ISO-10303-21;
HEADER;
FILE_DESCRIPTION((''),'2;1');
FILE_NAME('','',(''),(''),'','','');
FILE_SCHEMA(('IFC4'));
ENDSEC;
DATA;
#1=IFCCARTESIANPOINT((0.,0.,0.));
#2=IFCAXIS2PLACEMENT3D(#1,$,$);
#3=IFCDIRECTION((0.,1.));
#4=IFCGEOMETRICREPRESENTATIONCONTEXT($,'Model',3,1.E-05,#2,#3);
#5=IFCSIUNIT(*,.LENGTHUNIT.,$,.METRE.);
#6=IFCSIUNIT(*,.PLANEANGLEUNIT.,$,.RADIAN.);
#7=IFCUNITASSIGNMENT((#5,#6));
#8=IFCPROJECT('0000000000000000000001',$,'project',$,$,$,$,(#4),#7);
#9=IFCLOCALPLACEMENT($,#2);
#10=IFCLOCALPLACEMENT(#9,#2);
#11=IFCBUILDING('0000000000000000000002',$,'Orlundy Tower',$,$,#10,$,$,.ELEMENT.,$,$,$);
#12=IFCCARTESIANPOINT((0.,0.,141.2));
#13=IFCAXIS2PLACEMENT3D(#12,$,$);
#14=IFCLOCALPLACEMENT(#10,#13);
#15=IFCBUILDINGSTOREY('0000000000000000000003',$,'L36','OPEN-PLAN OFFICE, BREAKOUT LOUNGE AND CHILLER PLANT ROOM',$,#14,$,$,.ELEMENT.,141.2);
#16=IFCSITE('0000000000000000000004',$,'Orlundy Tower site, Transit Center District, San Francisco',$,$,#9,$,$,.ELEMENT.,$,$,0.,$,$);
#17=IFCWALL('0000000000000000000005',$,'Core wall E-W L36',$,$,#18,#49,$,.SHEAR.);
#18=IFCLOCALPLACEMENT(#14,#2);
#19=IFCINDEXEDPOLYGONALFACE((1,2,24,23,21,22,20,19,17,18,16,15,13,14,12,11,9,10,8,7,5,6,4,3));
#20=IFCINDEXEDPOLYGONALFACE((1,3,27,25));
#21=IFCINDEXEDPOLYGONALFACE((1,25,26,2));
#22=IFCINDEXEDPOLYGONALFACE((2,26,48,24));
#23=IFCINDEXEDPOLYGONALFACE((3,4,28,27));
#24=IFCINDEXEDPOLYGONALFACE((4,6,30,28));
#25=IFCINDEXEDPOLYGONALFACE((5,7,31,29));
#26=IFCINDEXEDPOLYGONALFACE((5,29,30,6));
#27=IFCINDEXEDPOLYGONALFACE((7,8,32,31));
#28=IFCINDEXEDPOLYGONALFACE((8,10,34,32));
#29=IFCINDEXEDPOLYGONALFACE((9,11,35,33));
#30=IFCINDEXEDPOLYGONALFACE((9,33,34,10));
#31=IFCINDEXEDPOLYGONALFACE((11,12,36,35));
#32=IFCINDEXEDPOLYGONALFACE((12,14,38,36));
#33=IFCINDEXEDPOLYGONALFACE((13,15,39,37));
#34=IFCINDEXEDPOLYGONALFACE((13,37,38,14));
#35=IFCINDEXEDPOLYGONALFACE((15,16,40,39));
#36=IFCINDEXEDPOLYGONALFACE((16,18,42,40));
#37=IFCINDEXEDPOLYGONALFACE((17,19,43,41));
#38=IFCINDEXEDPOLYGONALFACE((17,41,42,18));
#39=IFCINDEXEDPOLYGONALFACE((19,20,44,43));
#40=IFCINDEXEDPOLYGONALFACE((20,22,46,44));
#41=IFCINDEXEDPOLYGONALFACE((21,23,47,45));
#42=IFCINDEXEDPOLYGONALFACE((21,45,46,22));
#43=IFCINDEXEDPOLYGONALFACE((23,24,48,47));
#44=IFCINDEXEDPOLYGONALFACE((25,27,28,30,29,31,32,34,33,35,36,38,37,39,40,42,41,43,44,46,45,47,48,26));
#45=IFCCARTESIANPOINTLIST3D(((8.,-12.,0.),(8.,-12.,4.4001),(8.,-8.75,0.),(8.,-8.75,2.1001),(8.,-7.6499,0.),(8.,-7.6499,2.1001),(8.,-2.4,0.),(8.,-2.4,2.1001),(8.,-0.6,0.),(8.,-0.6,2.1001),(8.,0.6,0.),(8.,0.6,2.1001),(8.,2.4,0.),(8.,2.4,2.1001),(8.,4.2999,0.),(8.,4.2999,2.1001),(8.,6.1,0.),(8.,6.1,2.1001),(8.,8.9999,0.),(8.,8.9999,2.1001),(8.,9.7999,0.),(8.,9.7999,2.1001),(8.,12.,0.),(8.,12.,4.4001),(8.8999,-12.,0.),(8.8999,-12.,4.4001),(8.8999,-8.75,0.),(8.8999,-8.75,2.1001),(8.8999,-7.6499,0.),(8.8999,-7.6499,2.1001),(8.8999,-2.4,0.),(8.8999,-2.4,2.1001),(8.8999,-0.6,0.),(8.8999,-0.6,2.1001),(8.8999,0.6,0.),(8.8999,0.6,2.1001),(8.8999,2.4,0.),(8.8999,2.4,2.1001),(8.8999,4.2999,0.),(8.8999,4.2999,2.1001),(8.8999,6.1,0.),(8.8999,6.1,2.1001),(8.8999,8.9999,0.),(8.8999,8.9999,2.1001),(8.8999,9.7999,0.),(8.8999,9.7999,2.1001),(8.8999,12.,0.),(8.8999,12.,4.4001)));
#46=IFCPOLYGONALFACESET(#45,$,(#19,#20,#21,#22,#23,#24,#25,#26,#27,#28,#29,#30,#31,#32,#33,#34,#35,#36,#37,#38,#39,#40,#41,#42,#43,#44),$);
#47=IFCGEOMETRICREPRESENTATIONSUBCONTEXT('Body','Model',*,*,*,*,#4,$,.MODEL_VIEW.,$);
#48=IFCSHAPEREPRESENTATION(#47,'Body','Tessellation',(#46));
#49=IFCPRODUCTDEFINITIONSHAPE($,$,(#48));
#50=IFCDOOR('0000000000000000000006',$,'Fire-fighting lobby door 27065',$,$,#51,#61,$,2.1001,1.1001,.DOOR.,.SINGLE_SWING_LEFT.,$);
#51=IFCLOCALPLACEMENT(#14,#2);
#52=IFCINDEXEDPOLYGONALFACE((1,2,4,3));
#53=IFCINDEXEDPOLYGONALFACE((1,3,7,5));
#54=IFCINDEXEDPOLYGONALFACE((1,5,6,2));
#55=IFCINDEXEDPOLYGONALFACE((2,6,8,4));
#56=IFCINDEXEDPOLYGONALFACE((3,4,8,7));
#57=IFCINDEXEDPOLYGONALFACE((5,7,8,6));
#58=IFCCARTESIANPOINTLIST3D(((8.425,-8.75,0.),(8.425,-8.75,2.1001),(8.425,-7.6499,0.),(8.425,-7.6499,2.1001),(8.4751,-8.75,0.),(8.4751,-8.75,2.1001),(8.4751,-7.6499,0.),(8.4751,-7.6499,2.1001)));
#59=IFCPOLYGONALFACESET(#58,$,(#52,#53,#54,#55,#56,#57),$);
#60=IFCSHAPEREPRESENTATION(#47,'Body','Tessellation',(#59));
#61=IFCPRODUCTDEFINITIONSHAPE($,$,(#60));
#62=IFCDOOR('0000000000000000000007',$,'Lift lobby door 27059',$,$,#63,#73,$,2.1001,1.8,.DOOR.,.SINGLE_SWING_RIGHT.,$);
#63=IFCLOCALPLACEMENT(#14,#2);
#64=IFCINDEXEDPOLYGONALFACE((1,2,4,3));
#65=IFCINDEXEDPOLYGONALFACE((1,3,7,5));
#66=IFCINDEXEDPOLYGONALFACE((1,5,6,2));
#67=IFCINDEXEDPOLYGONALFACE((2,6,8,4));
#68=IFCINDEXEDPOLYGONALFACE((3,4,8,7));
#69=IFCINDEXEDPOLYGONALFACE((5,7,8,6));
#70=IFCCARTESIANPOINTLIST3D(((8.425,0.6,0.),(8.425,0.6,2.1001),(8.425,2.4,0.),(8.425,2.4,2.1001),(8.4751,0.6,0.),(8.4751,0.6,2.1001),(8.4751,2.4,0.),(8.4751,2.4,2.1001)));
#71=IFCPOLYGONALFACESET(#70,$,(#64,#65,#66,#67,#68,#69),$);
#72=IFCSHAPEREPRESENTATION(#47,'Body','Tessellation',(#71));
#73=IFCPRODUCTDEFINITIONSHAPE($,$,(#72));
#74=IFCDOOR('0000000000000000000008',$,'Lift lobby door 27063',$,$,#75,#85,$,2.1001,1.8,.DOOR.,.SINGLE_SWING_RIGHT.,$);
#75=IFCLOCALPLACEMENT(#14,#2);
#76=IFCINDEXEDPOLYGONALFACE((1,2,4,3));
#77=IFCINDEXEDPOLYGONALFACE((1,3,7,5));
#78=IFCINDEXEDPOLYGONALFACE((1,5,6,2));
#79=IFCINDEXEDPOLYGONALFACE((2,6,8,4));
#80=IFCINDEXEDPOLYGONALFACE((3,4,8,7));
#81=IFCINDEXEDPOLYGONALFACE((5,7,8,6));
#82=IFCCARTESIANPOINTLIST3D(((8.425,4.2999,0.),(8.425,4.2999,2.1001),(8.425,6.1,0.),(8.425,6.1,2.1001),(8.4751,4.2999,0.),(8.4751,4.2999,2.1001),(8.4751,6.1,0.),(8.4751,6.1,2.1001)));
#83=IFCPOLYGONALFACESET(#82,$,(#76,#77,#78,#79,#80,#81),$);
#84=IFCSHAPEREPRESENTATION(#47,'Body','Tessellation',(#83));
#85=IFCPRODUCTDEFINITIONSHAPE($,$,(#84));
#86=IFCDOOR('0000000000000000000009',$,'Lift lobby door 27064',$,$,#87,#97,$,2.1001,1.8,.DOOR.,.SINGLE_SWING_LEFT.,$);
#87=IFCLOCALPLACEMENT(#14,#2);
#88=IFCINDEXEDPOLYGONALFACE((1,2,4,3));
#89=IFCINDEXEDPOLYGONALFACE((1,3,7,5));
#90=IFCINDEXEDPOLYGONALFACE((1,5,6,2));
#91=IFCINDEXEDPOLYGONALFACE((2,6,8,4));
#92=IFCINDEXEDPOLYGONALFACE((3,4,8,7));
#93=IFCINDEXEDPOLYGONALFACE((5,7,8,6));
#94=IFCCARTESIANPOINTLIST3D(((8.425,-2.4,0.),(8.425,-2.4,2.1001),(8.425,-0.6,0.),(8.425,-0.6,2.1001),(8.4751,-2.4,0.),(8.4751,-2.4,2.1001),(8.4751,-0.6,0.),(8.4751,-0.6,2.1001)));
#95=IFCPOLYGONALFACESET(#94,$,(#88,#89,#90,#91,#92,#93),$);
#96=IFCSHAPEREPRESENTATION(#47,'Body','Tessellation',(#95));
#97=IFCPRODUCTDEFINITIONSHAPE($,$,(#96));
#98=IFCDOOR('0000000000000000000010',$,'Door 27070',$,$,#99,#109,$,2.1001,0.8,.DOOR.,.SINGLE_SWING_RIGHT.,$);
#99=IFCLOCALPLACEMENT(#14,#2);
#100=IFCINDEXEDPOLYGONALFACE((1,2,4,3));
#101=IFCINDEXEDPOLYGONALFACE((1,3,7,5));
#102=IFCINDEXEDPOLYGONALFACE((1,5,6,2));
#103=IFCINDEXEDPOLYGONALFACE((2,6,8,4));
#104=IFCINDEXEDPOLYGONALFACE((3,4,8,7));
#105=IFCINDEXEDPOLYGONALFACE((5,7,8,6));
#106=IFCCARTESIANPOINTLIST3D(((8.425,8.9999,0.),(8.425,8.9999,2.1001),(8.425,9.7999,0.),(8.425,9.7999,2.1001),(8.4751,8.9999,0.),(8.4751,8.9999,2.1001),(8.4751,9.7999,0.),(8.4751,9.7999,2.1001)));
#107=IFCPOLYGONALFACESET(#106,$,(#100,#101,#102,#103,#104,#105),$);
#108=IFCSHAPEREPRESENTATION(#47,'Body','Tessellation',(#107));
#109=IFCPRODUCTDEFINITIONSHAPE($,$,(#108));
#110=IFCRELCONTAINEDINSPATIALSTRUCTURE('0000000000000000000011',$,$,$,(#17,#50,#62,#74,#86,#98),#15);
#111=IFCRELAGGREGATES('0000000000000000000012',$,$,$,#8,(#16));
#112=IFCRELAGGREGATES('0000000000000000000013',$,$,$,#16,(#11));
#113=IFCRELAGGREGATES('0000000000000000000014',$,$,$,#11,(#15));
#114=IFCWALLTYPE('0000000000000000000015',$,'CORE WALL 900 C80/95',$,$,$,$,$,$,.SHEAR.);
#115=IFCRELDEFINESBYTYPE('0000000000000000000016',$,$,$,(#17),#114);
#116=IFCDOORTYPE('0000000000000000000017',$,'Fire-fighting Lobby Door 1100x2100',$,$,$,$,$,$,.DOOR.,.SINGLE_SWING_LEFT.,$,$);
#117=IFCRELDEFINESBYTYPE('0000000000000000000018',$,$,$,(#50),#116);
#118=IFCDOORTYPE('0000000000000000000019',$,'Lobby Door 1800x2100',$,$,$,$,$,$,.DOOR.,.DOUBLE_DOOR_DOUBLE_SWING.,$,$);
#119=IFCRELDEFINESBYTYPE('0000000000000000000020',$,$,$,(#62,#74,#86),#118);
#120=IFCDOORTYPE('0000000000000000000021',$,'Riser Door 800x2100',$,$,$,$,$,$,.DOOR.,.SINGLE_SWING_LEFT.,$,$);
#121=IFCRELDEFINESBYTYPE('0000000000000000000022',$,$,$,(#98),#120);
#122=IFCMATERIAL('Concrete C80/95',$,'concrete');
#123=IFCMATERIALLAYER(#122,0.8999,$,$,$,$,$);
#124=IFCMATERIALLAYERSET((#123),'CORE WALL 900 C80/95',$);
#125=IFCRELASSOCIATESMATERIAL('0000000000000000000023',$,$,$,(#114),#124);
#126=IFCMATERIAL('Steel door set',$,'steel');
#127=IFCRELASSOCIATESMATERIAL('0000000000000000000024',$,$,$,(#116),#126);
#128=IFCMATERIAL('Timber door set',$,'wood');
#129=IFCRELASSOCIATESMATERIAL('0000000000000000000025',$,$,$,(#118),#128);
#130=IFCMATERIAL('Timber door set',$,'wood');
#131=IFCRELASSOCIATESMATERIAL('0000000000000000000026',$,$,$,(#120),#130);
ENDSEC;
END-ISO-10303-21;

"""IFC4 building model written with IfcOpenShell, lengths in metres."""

from ifc_helpers import new_model, si_unit, direction, frame, frame_2d, origin, place, context, subcontext, project, spatial, rectangle, extrude, material, layer, layer_set, type_object, element, fill, save


model = new_model("IFC4")

# Units and contexts
model_context = context("Model", 3, precision=1e-05, world=origin(), true_north=direction((0.0, 1.0)))
body_context = subcontext(model_context, "Body", "Model", "MODEL_VIEW")
ifc_project = project(units=[si_unit("LENGTHUNIT", "METRE"), si_unit("PLANEANGLEUNIT", "RADIAN")], contexts=[model_context])

# Site, building, storey
site_placement = place(None, origin())
site = spatial("IfcSite", under=ifc_project, at=site_placement, Name="Orlundy Tower site, Transit Center District, San Francisco", CompositionType="ELEMENT", RefElevation=0.0)
building_placement = place(site_placement, origin())
building = spatial("IfcBuilding", under=site, at=building_placement, Name="Orlundy Tower", CompositionType="ELEMENT")
storey_placement = place(building_placement, frame((0.0, 0.0, 141.2)))
storey = spatial("IfcBuildingStorey", under=building, at=storey_placement, Name="L36", Description="OPEN-PLAN OFFICE, BREAKOUT LOUNGE AND CHILLER PLANT ROOM", CompositionType="ELEMENT", Elevation=141.2)

# Shared definitions
ifc_material_1 = material(Name="Concrete C80/95", Category="concrete")
ifc_layer_1 = layer(ifc_material_1, 0.8999)
ifc_layer_set_1 = layer_set([ifc_layer_1], Name="CORE WALL 900 C80/95")
wall_type = type_object("IfcWallType", Name="CORE WALL 900 C80/95", PredefinedType="SHEAR", material=ifc_layer_set_1)

# Wall, openings, doors
wall_1_placement = place(storey_placement, frame((8.45, -12.0, 0.0), z_axis=(0.0, 0.0, 1.0), x_axis=(0.0, 1.0, 0.0)))
wall_1 = element("IfcWall", 1, at=wall_1_placement, inside=storey, type_object=wall_type, Name="Core wall E-W L36", PredefinedType="SHEAR", context=body_context, shape_type="SweptSolid", body=[
    extrude(rectangle(XDim=24.0, YDim=0.8999, at=frame_2d((12.0, 0.0))), origin(), (0.0, 0.0, 1.0), 4.4001),
])
opening_1_placement = place(wall_1_placement, frame((12.6001, 0.0, 0.0)))
opening_1 = element("IfcOpeningElement", 2, at=opening_1_placement, cuts=wall_1, PredefinedType="OPENING", context=body_context, shape_type="SweptSolid", body=[
    extrude(rectangle(XDim=1.8, YDim=2.1001, at=frame_2d((0.8999, 1.05))), frame((0.0, 0.46, 0.0), z_axis=(0.0, -1.0, 0.0), x_axis=(1.0, 0.0, 0.0)), (0.0, 0.0, 1.0), 0.9199),
])
opening_2_placement = place(wall_1_placement, frame((16.3, 0.0, 0.0)))
opening_2 = element("IfcOpeningElement", 3, at=opening_2_placement, cuts=wall_1, PredefinedType="OPENING", context=body_context, shape_type="SweptSolid", body=[
    extrude(rectangle(XDim=1.8, YDim=2.1001, at=frame_2d((0.8999, 1.05))), frame((0.0, 0.46, 0.0), z_axis=(0.0, -1.0, 0.0), x_axis=(1.0, 0.0, 0.0)), (0.0, 0.0, 1.0), 0.9199),
])
opening_3_placement = place(wall_1_placement, frame((9.6001, 0.0, 0.0)))
opening_3 = element("IfcOpeningElement", 4, at=opening_3_placement, cuts=wall_1, PredefinedType="OPENING", context=body_context, shape_type="SweptSolid", body=[
    extrude(rectangle(XDim=1.8, YDim=2.1001, at=frame_2d((0.8999, 1.05))), frame((0.0, 0.46, 0.0), z_axis=(0.0, -1.0, 0.0), x_axis=(1.0, 0.0, 0.0)), (0.0, 0.0, 1.0), 0.9199),
])
opening_4_placement = place(wall_1_placement, frame((3.25, 0.0, 0.0)))
opening_4 = element("IfcOpeningElement", 5, at=opening_4_placement, cuts=wall_1, PredefinedType="OPENING", context=body_context, shape_type="SweptSolid", body=[
    extrude(rectangle(XDim=1.1001, YDim=2.1001, at=frame_2d((0.55, 1.05))), frame((0.0, 0.46, 0.0), z_axis=(0.0, -1.0, 0.0), x_axis=(1.0, 0.0, 0.0)), (0.0, 0.0, 1.0), 0.9199),
])
opening_5_placement = place(wall_1_placement, frame((21.0, 0.0, 0.0)))
opening_5 = element("IfcOpeningElement", 6, at=opening_5_placement, cuts=wall_1, PredefinedType="OPENING", context=body_context, shape_type="SweptSolid", body=[
    extrude(rectangle(XDim=0.8, YDim=2.1001, at=frame_2d((0.3999, 1.05))), frame((0.0, 0.46, 0.0), z_axis=(0.0, -1.0, 0.0), x_axis=(1.0, 0.0, 0.0)), (0.0, 0.0, 1.0), 0.9199),
])
ifc_material_2 = material(Name="Steel door set", Category="steel")
door_type_1 = type_object("IfcDoorType", Name="Fire-fighting Lobby Door 1100x2100", OperationType="SINGLE_SWING_LEFT", PredefinedType="DOOR", material=ifc_material_2)
door_1_placement = place(opening_4_placement, origin())
door_1 = element("IfcDoor", 7, at=door_1_placement, inside=storey, type_object=door_type_1, Name="Fire-fighting lobby door 27065", OperationType="SINGLE_SWING_LEFT", OverallHeight=2.1001, OverallWidth=1.1001, PredefinedType="DOOR", context=body_context, shape_type="SweptSolid", body=[
    extrude(rectangle(XDim=1.1001, YDim=2.1001, at=frame_2d((0.55, 1.05))), frame((0.0, 0.0249, 0.0), z_axis=(0.0, -1.0, 0.0), x_axis=(1.0, 0.0, 0.0)), (0.0, 0.0, 1.0), 0.05),
])
fill(opening_4, door_1)
ifc_material_3 = material(Name="Timber door set", Category="wood")
door_type_2 = type_object("IfcDoorType", Name="Lobby Door 1800x2100", OperationType="DOUBLE_DOOR_DOUBLE_SWING", PredefinedType="DOOR", material=ifc_material_3)
door_2_placement = place(opening_1_placement, origin())
door_2 = element("IfcDoor", 8, at=door_2_placement, inside=storey, type_object=door_type_2, Name="Lift lobby door 27059", OperationType="SINGLE_SWING_RIGHT", OverallHeight=2.1001, OverallWidth=1.8, PredefinedType="DOOR", context=body_context, shape_type="SweptSolid", body=[
    extrude(rectangle(XDim=1.8, YDim=2.1001, at=frame_2d((0.8999, 1.05))), frame((0.0, 0.0249, 0.0), z_axis=(0.0, -1.0, 0.0), x_axis=(1.0, 0.0, 0.0)), (0.0, 0.0, 1.0), 0.05),
])
fill(opening_1, door_2)
door_3_placement = place(opening_2_placement, origin())
door_3 = element("IfcDoor", 9, at=door_3_placement, inside=storey, type_object=door_type_2, Name="Lift lobby door 27063", OperationType="SINGLE_SWING_RIGHT", OverallHeight=2.1001, OverallWidth=1.8, PredefinedType="DOOR", context=body_context, shape_type="SweptSolid", body=[
    extrude(rectangle(XDim=1.8, YDim=2.1001, at=frame_2d((0.8999, 1.05))), frame((0.0, 0.0249, 0.0), z_axis=(0.0, -1.0, 0.0), x_axis=(1.0, 0.0, 0.0)), (0.0, 0.0, 1.0), 0.05),
])
fill(opening_2, door_3)
door_4_placement = place(opening_3_placement, origin())
door_4 = element("IfcDoor", 10, at=door_4_placement, inside=storey, type_object=door_type_2, Name="Lift lobby door 27064", OperationType="SINGLE_SWING_LEFT", OverallHeight=2.1001, OverallWidth=1.8, PredefinedType="DOOR", context=body_context, shape_type="SweptSolid", body=[
    extrude(rectangle(XDim=1.8, YDim=2.1001, at=frame_2d((0.8999, 1.05))), frame((0.0, 0.0249, 0.0), z_axis=(0.0, -1.0, 0.0), x_axis=(1.0, 0.0, 0.0)), (0.0, 0.0, 1.0), 0.05),
])
fill(opening_3, door_4)
ifc_material_4 = material(Name="Timber door set", Category="wood")
door_type_3 = type_object("IfcDoorType", Name="Riser Door 800x2100", OperationType="SINGLE_SWING_LEFT", PredefinedType="DOOR", material=ifc_material_4)
door_5_placement = place(opening_5_placement, origin())
door_5 = element("IfcDoor", 11, at=door_5_placement, inside=storey, type_object=door_type_3, Name="Door 27070", OperationType="SINGLE_SWING_RIGHT", OverallHeight=2.1001, OverallWidth=0.8, PredefinedType="DOOR", context=body_context, shape_type="SweptSolid", body=[
    extrude(rectangle(XDim=0.8, YDim=2.1001, at=frame_2d((0.3999, 1.05))), frame((0.0, 0.0249, 0.0), z_axis=(0.0, -1.0, 0.0), x_axis=(1.0, 0.0, 0.0)), (0.0, 0.0, 1.0), 0.05),
])
fill(opening_5, door_5)

save(model, "model.ifc")
